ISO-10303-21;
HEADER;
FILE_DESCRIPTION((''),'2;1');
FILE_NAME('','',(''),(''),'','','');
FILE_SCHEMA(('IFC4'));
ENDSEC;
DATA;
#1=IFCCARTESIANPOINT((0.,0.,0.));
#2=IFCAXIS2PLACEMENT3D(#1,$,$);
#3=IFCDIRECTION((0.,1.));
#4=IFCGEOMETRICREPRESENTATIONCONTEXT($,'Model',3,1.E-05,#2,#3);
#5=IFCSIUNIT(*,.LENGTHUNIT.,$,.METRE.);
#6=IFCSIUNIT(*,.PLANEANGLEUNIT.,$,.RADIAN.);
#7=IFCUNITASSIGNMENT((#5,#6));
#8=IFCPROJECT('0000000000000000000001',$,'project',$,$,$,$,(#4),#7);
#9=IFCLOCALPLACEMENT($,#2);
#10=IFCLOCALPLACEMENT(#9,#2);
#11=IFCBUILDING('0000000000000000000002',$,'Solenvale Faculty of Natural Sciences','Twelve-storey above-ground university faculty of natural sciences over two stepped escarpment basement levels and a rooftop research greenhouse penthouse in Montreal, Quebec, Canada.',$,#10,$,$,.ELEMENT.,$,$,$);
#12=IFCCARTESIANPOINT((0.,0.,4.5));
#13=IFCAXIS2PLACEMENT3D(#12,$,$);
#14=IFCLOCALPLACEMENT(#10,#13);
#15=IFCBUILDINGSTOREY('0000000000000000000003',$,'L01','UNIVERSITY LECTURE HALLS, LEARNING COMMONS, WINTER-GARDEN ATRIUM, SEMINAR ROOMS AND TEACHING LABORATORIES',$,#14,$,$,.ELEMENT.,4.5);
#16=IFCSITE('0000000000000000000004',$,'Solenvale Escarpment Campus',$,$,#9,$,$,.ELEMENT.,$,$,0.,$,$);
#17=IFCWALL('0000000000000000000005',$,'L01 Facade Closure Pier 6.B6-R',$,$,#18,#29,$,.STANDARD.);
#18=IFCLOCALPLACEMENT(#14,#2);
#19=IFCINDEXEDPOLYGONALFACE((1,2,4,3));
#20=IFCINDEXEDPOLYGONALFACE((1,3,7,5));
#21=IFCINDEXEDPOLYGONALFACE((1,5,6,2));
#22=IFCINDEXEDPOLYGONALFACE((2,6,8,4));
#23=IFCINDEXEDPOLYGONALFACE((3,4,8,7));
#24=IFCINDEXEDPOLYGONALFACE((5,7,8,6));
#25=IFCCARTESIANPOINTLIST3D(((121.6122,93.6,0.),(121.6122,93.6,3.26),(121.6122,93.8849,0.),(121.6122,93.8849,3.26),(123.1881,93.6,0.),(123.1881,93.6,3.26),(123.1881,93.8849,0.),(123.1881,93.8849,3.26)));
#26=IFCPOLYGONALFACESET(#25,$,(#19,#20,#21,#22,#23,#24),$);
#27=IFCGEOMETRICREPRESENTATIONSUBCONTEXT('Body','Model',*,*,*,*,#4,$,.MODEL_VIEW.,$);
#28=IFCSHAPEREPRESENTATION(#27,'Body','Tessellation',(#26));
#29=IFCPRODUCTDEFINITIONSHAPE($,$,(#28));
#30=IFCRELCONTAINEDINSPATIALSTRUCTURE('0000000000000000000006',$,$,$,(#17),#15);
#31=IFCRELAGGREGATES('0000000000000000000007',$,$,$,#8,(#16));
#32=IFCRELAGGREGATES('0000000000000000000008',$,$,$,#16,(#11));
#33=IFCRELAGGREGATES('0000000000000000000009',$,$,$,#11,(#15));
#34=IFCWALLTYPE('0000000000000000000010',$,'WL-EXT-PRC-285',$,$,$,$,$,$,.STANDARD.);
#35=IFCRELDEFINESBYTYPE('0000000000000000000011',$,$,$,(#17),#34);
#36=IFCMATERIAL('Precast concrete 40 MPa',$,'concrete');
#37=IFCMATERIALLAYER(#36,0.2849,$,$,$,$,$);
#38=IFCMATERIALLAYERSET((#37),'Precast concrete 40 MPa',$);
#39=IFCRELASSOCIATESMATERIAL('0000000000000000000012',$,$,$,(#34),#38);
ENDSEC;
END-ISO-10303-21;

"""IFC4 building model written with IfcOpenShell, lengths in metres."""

from ifc_helpers import new_model, si_unit, direction, frame, frame_2d, origin, place, context, subcontext, project, spatial, rectangle, extrude, material, layer, layer_set, type_object, element, save


model = new_model("IFC4")

# Units and contexts
model_context = context("Model", 3, precision=1e-05, world=origin(), true_north=direction((0.0, 1.0)))
body_context = subcontext(model_context, "Body", "Model", "MODEL_VIEW")
ifc_project = project(units=[si_unit("LENGTHUNIT", "METRE"), si_unit("PLANEANGLEUNIT", "RADIAN")], contexts=[model_context])

# Site, building, storey
site_placement = place(None, origin())
site = spatial("IfcSite", under=ifc_project, at=site_placement, Name="Solenvale Escarpment Campus", CompositionType="ELEMENT", RefElevation=0.0)
building_placement = place(site_placement, origin())
building = spatial("IfcBuilding", under=site, at=building_placement, Name="Solenvale Faculty of Natural Sciences", Description="Twelve-storey above-ground university faculty of natural sciences over two stepped escarpment basement levels and a rooftop research greenhouse penthouse in Montreal, Quebec, Canada.", CompositionType="ELEMENT")
storey_placement = place(building_placement, frame((0.0, 0.0, 4.5)))
storey = spatial("IfcBuildingStorey", under=building, at=storey_placement, Name="L01", Description="UNIVERSITY LECTURE HALLS, LEARNING COMMONS, WINTER-GARDEN ATRIUM, SEMINAR ROOMS AND TEACHING LABORATORIES", CompositionType="ELEMENT", Elevation=4.5)

# Wall
ifc_material_1 = material(Name="Precast concrete 40 MPa", Category="concrete")
ifc_layer_1 = layer(ifc_material_1, 0.2849)
ifc_layer_set_1 = layer_set([ifc_layer_1], Name="Precast concrete 40 MPa")
wall_type = type_object("IfcWallType", Name="WL-EXT-PRC-285", PredefinedType="STANDARD", material=ifc_layer_set_1)
wall_placement = place(storey_placement, frame((121.6121, 93.7424, 0.0), z_axis=(0.0, 0.0, 1.0), x_axis=(1.0, 0.0, 0.0)))
element("IfcWall", 1, at=wall_placement, inside=storey, type_object=wall_type, Name="L01 Facade Closure Pier 6.B6-R", PredefinedType="STANDARD", context=body_context, shape_type="SweptSolid", body=[
    extrude(rectangle(XDim=1.5759, YDim=0.2849, at=frame_2d((0.7881, 0.0))), origin(), (0.0, 0.0, 1.0), 3.26),
])

save(model, "model.ifc")
